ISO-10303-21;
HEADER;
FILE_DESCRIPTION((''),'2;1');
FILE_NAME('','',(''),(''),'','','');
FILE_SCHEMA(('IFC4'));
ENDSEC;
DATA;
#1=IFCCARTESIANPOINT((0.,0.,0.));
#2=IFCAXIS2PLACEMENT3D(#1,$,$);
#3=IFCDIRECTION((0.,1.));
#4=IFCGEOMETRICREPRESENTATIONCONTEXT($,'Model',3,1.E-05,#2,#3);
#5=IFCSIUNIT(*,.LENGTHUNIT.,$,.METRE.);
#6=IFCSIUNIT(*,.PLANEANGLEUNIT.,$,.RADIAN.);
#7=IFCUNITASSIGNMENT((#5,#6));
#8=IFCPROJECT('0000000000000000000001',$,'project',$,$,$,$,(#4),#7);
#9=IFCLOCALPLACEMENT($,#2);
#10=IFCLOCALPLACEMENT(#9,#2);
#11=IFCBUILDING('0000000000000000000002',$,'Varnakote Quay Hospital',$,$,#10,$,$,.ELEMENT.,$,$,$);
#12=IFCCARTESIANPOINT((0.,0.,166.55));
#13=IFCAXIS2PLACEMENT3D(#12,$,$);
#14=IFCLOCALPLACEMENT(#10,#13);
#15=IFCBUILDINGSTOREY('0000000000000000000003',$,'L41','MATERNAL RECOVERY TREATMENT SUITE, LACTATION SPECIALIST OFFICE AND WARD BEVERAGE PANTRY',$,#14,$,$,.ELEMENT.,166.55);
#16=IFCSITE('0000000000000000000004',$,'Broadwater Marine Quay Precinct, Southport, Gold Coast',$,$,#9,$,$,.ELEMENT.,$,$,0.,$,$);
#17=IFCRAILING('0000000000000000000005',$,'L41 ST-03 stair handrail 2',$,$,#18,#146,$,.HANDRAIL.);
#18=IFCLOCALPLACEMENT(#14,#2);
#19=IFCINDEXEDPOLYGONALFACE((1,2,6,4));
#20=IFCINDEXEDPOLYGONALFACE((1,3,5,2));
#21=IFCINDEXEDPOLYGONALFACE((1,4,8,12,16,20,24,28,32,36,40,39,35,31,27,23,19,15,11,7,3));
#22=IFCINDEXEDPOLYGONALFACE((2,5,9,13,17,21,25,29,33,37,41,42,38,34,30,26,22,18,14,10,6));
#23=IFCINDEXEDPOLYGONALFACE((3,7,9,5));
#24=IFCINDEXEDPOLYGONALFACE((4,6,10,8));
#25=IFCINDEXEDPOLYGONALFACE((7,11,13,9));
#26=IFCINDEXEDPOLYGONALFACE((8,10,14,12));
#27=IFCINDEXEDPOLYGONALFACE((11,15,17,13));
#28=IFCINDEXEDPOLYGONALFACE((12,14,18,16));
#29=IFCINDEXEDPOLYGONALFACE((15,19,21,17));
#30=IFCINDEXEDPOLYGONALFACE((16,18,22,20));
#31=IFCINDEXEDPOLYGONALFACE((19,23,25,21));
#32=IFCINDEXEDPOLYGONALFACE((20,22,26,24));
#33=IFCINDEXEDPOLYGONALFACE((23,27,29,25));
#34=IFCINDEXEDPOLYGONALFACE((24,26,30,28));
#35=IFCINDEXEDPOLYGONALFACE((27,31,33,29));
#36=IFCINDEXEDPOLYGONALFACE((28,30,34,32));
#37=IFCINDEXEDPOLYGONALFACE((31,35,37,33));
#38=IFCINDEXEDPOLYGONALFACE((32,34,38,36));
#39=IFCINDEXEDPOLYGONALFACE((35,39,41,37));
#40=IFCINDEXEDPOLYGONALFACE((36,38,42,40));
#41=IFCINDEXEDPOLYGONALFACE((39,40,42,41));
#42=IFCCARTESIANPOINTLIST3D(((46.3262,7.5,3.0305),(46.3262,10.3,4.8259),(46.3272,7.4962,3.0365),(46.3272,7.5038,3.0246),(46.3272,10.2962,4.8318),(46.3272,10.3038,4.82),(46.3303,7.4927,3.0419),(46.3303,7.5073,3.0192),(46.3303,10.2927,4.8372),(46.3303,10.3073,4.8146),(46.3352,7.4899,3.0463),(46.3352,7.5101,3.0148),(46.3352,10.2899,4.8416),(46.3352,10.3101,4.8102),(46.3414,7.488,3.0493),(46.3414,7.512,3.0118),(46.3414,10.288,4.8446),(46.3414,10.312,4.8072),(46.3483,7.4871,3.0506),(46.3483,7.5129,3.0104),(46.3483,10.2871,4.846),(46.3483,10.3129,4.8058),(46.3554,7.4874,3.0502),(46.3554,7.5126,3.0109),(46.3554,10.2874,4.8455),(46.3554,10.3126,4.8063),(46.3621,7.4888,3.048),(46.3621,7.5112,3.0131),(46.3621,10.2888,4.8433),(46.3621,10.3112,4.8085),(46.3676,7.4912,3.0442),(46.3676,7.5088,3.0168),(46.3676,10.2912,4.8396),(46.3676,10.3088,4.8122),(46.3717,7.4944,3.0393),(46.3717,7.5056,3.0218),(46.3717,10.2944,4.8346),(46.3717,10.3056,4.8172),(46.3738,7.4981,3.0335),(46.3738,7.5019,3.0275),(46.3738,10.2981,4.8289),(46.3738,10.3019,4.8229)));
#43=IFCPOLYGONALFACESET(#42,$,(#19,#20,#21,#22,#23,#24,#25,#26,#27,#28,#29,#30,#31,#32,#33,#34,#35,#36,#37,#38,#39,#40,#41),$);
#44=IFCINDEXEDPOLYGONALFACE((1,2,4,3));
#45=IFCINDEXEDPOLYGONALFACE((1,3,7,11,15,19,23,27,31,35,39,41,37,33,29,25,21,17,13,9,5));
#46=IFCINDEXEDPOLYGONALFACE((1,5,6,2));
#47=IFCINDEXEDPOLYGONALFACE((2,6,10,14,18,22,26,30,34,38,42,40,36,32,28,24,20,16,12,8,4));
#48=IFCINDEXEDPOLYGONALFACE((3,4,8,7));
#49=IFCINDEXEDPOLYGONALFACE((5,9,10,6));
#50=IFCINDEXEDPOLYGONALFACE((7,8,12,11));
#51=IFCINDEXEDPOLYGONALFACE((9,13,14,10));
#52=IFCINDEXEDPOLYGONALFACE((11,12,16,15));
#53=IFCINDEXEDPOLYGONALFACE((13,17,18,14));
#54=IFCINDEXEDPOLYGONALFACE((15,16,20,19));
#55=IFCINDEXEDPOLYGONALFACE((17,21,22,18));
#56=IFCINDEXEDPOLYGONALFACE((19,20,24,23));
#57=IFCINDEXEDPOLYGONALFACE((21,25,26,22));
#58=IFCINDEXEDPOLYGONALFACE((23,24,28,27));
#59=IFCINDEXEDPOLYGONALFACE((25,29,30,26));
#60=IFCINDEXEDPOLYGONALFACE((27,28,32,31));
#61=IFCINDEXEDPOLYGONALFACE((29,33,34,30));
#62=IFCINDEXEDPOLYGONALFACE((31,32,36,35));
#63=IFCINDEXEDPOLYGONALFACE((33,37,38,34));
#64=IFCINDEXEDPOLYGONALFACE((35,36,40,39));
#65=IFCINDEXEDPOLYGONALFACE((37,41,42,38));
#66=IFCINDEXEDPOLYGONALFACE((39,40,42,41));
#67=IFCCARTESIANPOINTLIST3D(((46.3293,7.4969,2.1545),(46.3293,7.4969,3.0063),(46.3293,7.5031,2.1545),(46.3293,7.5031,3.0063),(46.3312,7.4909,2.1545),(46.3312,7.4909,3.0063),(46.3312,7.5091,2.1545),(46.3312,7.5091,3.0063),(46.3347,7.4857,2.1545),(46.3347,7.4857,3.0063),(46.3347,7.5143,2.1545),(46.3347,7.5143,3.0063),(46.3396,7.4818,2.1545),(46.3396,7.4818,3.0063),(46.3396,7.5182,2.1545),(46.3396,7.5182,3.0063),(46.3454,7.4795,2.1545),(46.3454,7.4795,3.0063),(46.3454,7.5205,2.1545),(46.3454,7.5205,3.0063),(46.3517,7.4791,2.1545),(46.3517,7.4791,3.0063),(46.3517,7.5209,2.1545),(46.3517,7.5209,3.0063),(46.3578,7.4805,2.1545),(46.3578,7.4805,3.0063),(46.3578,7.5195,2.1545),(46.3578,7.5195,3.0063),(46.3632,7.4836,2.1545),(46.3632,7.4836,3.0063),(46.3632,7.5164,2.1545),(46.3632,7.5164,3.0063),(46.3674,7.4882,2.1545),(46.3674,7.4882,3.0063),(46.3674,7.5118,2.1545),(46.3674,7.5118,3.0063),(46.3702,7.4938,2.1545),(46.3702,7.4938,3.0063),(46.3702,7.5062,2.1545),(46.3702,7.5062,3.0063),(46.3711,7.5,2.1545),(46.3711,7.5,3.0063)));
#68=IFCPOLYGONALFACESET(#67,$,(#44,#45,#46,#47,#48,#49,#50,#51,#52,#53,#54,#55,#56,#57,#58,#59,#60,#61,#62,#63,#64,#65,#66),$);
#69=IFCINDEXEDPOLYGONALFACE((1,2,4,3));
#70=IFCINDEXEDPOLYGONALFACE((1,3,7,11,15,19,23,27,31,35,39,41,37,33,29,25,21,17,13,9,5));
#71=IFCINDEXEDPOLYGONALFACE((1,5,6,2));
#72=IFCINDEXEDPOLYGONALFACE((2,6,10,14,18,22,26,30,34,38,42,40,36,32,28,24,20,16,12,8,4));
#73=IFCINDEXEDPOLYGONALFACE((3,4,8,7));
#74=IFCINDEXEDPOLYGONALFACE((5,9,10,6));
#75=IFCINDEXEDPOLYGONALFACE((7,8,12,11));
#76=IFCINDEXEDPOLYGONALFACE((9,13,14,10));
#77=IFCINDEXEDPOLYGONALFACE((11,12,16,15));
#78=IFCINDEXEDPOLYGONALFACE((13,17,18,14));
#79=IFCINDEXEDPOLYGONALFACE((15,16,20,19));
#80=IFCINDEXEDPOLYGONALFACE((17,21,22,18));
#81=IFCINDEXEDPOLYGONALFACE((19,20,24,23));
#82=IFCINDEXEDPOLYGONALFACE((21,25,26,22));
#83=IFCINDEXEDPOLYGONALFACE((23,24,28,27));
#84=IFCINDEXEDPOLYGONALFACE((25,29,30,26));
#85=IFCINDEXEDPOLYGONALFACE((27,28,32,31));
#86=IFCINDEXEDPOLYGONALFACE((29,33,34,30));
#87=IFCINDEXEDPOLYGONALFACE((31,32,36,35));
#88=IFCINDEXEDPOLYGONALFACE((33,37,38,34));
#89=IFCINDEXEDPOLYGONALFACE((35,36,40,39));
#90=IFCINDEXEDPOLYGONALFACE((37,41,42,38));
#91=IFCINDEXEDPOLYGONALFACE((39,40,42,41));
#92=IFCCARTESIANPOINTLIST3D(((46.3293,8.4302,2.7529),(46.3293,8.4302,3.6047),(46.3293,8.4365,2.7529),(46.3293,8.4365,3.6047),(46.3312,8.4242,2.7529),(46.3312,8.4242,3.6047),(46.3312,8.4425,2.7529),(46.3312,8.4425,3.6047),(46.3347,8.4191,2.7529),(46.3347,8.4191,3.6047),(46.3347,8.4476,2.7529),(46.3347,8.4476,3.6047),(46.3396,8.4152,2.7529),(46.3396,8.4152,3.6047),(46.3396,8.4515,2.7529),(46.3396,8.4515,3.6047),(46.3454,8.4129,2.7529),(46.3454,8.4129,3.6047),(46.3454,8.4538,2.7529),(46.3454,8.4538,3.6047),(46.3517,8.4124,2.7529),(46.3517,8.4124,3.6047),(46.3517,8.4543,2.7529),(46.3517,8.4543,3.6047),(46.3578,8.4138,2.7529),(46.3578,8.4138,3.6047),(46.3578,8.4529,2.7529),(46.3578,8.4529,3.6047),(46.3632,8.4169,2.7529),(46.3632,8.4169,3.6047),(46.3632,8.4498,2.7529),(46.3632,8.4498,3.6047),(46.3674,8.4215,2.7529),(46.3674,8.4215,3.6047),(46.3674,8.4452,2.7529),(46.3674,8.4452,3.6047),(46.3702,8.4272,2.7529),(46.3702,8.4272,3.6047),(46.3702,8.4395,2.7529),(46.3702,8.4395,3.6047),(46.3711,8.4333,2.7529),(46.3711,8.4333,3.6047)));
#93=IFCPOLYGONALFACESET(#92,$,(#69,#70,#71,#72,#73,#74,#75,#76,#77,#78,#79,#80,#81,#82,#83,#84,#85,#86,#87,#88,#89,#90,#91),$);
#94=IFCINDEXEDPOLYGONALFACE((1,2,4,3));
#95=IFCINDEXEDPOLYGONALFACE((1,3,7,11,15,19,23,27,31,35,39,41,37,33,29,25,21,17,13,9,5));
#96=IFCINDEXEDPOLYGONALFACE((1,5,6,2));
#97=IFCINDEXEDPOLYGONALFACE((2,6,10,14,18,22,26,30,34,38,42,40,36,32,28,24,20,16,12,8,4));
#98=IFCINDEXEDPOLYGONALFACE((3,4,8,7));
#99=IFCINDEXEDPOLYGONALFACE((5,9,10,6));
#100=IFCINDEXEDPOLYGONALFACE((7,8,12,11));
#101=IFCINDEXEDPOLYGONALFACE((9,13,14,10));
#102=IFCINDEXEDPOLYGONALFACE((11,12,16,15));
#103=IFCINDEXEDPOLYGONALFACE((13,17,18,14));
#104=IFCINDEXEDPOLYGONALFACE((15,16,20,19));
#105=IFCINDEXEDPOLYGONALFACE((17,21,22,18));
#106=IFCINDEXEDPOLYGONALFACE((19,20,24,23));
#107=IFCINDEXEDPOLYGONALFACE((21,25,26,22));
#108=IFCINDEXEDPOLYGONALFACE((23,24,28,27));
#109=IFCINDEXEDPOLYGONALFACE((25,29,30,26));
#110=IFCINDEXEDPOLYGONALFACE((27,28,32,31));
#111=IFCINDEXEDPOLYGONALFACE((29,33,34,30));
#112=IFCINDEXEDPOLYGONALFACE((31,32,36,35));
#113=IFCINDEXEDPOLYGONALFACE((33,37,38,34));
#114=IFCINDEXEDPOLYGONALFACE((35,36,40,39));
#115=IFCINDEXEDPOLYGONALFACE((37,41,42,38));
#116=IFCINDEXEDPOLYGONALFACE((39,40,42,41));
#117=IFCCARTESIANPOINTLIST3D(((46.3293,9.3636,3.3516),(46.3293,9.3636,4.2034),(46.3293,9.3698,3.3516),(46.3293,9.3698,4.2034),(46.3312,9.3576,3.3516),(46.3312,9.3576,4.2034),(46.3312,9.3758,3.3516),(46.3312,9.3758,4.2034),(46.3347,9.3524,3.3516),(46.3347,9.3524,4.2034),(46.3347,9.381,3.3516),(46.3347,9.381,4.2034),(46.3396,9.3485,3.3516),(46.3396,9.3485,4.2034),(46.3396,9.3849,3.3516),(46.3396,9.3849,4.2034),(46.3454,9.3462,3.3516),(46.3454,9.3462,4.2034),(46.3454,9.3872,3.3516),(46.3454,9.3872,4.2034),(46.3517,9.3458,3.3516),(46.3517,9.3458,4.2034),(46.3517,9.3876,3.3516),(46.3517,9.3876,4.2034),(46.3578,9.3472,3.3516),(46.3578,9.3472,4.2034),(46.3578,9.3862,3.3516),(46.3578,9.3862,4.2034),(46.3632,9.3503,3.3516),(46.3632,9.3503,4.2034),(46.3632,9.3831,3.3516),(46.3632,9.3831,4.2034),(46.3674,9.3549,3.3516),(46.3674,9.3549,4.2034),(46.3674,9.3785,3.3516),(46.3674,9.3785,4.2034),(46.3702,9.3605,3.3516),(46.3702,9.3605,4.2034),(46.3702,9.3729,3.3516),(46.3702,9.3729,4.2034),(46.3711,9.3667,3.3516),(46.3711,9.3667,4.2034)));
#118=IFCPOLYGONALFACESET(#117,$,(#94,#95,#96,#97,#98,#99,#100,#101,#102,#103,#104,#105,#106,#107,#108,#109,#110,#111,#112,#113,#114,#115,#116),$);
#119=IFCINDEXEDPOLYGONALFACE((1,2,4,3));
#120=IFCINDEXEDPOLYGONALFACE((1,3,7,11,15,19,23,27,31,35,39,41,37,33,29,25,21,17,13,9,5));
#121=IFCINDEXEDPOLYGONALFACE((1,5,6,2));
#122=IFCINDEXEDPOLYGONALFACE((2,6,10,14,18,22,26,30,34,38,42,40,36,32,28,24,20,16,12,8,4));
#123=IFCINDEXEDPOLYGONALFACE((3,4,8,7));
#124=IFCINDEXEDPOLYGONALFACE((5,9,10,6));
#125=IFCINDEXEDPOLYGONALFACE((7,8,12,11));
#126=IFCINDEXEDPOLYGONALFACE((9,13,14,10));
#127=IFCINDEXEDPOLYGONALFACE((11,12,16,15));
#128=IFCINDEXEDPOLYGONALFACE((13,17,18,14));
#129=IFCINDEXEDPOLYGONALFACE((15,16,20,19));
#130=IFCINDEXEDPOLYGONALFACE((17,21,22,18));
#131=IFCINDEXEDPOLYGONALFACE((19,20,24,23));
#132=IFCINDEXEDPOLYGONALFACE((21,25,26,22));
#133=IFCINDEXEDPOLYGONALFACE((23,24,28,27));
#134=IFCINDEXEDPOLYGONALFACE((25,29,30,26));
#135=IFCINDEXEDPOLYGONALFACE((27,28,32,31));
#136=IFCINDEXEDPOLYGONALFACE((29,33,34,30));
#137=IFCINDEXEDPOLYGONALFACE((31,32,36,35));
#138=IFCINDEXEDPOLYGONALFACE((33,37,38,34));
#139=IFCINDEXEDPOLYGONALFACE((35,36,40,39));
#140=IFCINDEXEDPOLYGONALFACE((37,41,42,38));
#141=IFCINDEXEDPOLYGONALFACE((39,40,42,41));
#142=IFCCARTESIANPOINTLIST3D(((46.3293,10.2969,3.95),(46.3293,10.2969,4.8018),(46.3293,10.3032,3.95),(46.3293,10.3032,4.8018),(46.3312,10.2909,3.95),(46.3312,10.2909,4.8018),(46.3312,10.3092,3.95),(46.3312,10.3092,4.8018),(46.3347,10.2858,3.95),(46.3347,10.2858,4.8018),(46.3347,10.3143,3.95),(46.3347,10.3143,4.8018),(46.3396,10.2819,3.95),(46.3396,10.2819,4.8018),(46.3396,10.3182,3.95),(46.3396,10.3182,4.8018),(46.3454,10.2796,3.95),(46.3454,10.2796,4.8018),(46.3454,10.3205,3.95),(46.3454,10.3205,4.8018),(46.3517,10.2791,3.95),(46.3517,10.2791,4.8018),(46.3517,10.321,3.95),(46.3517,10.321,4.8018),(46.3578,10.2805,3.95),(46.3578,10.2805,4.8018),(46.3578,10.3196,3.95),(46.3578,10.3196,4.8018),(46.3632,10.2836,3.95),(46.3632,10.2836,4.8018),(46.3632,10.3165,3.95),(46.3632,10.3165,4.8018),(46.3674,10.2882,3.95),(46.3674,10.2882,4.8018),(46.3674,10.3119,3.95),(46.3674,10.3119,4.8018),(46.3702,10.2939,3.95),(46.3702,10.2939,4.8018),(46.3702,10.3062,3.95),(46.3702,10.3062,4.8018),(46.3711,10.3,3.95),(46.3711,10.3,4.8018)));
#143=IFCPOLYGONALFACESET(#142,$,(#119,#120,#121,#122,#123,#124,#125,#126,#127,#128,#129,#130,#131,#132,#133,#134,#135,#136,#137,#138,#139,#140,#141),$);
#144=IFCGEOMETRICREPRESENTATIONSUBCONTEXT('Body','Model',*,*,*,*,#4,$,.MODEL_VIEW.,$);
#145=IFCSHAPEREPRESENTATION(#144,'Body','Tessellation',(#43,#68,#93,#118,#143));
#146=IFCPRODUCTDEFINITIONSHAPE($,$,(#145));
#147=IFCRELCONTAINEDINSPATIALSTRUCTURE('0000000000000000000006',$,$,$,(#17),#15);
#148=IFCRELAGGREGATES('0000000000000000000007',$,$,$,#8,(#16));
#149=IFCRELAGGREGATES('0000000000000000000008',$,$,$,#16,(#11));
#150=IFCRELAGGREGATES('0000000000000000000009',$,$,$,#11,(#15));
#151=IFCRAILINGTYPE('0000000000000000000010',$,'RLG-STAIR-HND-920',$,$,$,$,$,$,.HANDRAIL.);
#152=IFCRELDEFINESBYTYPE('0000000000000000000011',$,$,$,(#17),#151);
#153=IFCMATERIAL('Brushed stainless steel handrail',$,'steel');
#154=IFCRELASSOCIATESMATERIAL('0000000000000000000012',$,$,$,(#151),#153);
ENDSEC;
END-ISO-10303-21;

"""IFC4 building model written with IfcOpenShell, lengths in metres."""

from ifc_helpers import new_model, si_unit, direction, frame, origin, origin_2d, place, context, subcontext, project, spatial, circle, extrude, material, type_object, element, save


model = new_model("IFC4")

# Units and contexts
model_context = context("Model", 3, precision=1e-05, world=origin(), true_north=direction((0.0, 1.0)))
body_context = subcontext(model_context, "Body", "Model", "MODEL_VIEW")
ifc_project = project(units=[si_unit("LENGTHUNIT", "METRE"), si_unit("PLANEANGLEUNIT", "RADIAN")], contexts=[model_context])

# Site, building, storey
site_placement = place(None, origin())
site = spatial("IfcSite", under=ifc_project, at=site_placement, Name="Broadwater Marine Quay Precinct, Southport, Gold Coast", CompositionType="ELEMENT", RefElevation=0.0)
building_placement = place(site_placement, origin())
building = spatial("IfcBuilding", under=site, at=building_placement, Name="Varnakote Quay Hospital", CompositionType="ELEMENT")
storey_placement = place(building_placement, frame((0.0, 0.0, 166.55)))
storey = spatial("IfcBuildingStorey", under=building, at=storey_placement, Name="L41", Description="MATERNAL RECOVERY TREATMENT SUITE, LACTATION SPECIALIST OFFICE AND WARD BEVERAGE PANTRY", CompositionType="ELEMENT", Elevation=166.55)

# Railing
ifc_material_1 = material(Name="Brushed stainless steel handrail", Category="steel")
railing_type_1 = type_object("IfcRailingType", Name="RLG-STAIR-HND-920", PredefinedType="HANDRAIL", material=ifc_material_1)
railing_1_placement = place(storey_placement, frame((46.3501, 7.5, 2.1545)))
element("IfcRailing", 1, at=railing_1_placement, inside=storey, type_object=railing_type_1, Name="L41 ST-03 stair handrail 2", PredefinedType="HANDRAIL", context=body_context, shape_type="SweptSolid", body=[
    extrude(circle(Radius=0.0239, at=origin_2d()), frame((0.0, 0.0, 0.876), z_axis=(0.0, 0.84181, 0.539774), x_axis=(-1.0, 0.0, 0.0)), (0.0, 0.0, 1.0), 3.3262),
    extrude(circle(Radius=0.021, at=origin_2d()), origin(), (0.0, 0.0, 1.0), 0.8518),
    extrude(circle(Radius=0.021, at=origin_2d()), frame((0.0, 0.9333, 0.5984)), (0.0, 0.0, 1.0), 0.8518),
    extrude(circle(Radius=0.021, at=origin_2d()), frame((0.0, 1.8667, 1.197)), (0.0, 0.0, 1.0), 0.8518),
    extrude(circle(Radius=0.021, at=origin_2d()), frame((0.0, 2.8, 1.7954)), (0.0, 0.0, 1.0), 0.8518),
])

save(model, "model.ifc")
